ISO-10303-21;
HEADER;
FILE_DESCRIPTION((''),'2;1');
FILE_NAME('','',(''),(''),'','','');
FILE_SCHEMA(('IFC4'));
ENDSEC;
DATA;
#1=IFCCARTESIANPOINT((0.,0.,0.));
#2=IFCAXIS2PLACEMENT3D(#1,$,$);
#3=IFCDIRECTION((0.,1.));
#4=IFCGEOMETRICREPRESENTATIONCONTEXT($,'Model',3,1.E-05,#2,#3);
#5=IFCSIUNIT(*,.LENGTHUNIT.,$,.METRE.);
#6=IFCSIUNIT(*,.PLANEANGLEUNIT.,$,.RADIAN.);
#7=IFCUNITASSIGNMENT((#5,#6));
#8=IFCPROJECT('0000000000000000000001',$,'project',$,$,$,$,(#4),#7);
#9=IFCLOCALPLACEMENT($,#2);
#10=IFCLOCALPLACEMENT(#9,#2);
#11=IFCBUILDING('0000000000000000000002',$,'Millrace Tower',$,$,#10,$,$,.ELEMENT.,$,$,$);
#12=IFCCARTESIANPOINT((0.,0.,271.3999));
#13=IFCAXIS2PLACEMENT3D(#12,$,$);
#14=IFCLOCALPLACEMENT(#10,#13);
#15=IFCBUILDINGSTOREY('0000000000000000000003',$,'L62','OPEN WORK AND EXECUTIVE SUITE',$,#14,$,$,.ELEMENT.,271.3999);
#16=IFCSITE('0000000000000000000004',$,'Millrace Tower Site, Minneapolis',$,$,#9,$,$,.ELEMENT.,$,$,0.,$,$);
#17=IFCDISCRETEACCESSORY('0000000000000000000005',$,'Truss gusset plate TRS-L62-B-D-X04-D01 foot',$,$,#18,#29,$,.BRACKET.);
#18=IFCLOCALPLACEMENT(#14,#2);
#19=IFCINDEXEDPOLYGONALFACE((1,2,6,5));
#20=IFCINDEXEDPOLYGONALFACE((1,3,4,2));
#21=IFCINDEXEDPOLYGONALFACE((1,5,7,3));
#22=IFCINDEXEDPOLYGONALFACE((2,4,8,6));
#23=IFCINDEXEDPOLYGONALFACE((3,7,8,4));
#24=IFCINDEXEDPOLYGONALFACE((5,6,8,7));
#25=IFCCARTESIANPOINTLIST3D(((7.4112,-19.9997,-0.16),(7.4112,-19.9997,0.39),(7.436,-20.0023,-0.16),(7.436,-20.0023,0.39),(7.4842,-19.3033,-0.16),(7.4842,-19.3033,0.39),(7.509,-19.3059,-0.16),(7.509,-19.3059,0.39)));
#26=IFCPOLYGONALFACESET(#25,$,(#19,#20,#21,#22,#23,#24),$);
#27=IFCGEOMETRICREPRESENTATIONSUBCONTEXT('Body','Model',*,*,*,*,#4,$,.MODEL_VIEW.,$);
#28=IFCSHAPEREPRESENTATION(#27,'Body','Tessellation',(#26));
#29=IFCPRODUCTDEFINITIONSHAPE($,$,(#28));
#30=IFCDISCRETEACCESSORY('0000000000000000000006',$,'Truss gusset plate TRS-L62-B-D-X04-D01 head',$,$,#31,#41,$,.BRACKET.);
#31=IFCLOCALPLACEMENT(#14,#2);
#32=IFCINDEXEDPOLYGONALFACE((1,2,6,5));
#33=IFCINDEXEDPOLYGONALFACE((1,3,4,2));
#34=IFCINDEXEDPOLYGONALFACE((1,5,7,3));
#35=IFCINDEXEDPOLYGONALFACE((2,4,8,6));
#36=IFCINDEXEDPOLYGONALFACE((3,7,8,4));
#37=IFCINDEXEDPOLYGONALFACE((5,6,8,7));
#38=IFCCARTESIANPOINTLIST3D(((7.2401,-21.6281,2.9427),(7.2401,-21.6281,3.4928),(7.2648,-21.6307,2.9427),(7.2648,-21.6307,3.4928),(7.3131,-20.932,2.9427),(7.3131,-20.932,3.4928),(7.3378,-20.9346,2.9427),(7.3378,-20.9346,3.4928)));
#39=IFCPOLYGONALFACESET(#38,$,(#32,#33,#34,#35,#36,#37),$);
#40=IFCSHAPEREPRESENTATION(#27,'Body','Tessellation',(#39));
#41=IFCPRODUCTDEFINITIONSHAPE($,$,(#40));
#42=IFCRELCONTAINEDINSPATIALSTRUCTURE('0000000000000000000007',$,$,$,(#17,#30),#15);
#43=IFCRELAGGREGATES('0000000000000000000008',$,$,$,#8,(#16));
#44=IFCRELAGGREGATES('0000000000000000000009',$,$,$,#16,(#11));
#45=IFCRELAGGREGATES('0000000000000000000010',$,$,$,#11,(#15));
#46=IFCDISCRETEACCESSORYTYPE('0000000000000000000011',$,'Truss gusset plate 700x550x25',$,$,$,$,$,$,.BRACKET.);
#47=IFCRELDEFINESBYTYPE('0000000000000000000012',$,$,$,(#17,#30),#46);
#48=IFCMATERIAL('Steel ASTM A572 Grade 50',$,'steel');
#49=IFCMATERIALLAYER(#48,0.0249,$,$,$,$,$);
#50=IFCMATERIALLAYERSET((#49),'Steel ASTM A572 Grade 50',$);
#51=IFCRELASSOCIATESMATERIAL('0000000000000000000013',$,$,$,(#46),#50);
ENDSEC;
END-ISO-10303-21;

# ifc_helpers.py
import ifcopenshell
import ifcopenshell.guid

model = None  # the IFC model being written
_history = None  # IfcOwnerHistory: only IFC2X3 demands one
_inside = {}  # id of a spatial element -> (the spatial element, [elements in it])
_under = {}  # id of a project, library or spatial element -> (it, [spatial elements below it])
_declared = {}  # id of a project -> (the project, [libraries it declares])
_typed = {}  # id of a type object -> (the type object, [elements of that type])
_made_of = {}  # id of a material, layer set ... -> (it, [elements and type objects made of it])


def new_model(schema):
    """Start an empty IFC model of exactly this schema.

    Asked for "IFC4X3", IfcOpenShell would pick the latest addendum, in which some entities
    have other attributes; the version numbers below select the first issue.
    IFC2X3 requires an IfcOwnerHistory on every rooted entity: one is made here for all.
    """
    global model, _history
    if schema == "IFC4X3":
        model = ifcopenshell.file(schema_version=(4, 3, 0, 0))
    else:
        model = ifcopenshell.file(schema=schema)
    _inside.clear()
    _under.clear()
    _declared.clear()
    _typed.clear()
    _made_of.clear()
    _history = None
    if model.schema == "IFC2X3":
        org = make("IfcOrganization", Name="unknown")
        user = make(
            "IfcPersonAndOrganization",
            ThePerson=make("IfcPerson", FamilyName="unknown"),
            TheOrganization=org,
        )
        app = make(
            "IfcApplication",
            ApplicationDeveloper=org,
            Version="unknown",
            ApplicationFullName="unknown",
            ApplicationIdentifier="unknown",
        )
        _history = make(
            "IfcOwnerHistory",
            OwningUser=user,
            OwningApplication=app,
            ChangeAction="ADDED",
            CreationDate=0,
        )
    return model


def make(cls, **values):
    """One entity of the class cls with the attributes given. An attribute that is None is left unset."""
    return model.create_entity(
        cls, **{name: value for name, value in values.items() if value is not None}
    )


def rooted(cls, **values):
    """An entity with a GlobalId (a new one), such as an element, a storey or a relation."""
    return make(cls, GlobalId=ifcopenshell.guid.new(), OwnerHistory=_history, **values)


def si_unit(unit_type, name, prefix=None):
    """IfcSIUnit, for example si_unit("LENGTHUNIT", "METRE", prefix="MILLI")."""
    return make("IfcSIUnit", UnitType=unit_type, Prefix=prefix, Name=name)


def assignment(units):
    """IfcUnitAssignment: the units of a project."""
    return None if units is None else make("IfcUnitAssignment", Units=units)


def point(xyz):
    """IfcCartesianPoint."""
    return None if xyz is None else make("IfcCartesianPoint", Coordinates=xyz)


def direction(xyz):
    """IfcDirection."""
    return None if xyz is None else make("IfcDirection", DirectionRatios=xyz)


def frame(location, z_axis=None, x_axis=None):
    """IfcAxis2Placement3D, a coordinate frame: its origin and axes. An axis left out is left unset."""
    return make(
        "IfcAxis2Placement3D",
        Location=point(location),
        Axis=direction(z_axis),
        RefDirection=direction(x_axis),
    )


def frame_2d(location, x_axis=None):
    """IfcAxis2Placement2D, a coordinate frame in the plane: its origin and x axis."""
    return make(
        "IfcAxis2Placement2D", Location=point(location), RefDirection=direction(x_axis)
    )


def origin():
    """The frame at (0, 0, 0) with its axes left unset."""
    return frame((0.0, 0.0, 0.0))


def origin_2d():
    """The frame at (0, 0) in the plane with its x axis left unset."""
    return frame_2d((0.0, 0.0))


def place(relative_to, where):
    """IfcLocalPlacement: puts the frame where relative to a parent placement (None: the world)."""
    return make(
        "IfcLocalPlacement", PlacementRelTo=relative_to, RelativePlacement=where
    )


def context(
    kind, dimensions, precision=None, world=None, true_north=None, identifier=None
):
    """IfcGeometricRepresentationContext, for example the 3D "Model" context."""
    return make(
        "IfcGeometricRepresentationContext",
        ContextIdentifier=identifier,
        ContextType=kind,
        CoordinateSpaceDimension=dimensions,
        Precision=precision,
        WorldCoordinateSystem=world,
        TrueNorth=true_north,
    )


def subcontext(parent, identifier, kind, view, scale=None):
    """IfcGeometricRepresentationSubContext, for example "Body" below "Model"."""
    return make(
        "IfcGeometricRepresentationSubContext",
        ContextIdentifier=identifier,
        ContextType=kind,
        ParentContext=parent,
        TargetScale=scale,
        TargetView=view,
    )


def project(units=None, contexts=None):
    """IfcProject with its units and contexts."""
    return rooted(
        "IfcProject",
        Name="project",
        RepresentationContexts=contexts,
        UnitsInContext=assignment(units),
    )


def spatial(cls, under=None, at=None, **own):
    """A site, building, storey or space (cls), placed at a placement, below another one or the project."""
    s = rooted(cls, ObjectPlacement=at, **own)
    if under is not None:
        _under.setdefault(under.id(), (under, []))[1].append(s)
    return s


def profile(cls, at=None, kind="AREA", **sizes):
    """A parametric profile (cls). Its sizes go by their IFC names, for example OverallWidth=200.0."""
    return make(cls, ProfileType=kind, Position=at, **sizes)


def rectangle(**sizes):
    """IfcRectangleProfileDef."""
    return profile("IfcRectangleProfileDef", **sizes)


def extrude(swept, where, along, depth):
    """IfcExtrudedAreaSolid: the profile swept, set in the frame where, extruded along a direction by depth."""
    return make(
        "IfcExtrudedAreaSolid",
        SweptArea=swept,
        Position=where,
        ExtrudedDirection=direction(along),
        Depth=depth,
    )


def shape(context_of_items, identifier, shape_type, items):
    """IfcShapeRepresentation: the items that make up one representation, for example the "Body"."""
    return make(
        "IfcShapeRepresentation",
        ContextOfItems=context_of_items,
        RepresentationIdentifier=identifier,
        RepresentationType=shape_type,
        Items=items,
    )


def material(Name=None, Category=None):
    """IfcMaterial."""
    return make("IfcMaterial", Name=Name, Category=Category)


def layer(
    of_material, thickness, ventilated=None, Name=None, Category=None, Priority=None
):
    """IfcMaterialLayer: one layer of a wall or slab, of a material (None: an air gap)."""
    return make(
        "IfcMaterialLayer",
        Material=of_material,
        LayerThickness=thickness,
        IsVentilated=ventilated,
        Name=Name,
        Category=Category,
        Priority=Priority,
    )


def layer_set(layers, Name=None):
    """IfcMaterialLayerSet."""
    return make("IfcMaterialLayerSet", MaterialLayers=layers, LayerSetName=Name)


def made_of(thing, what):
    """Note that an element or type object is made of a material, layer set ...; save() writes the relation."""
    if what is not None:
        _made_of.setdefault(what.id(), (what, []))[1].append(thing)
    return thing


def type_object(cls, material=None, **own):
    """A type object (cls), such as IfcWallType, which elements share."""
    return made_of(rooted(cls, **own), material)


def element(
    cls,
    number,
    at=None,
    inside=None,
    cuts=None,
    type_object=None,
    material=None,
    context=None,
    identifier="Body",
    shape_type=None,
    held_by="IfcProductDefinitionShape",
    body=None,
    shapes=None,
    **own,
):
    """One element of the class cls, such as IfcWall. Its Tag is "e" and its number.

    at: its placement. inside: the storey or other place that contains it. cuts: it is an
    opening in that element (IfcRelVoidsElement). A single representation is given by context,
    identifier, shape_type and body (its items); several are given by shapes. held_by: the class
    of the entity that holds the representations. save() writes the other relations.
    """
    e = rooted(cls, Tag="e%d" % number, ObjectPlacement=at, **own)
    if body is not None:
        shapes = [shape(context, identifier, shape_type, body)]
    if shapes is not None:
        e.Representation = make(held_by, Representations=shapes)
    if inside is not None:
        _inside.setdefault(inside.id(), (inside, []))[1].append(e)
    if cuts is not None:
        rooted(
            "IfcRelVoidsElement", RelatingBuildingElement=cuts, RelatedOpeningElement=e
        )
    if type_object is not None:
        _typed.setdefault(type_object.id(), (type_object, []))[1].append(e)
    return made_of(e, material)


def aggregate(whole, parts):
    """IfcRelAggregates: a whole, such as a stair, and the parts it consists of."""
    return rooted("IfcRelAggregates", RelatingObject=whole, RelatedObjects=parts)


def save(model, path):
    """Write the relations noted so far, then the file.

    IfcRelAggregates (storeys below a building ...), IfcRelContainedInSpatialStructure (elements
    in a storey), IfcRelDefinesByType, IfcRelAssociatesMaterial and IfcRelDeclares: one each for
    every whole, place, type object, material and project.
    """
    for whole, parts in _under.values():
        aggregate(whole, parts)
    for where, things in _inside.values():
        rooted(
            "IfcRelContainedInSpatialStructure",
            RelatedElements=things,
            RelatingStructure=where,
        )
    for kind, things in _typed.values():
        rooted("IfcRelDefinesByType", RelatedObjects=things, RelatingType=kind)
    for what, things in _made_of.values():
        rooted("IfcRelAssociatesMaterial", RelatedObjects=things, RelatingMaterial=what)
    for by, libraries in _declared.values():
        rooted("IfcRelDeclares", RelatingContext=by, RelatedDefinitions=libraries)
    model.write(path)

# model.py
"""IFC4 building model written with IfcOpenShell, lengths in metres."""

from ifc_helpers import new_model, si_unit, direction, frame, origin, origin_2d, place, context, subcontext, project, spatial, rectangle, extrude, material, layer, layer_set, type_object, element, save


model = new_model("IFC4")

# Units and contexts
model_context = context("Model", 3, precision=1e-05, world=origin(), true_north=direction((0.0, 1.0)))
body_context = subcontext(model_context, "Body", "Model", "MODEL_VIEW")
ifc_project = project(units=[si_unit("LENGTHUNIT", "METRE"), si_unit("PLANEANGLEUNIT", "RADIAN")], contexts=[model_context])

# Site, building, storey
site_placement = place(None, origin())
site = spatial("IfcSite", under=ifc_project, at=site_placement, Name="Millrace Tower Site, Minneapolis", CompositionType="ELEMENT", RefElevation=0.0)
building_placement = place(site_placement, origin())
building = spatial("IfcBuilding", under=site, at=building_placement, Name="Millrace Tower", CompositionType="ELEMENT")
storey_placement = place(building_placement, frame((0.0, 0.0, 271.3999)))
storey = spatial("IfcBuildingStorey", under=building, at=storey_placement, Name="L62", Description="OPEN WORK AND EXECUTIVE SUITE", CompositionType="ELEMENT", Elevation=271.3999)

# Discrete accessories
ifc_material_1 = material(Name="Steel ASTM A572 Grade 50", Category="steel")
ifc_layer_1 = layer(ifc_material_1, 0.0249)
ifc_layer_set_1 = layer_set([ifc_layer_1], Name="Steel ASTM A572 Grade 50")
discrete_accessory_type = type_object("IfcDiscreteAccessoryType", Name="Truss gusset plate 700x550x25", PredefinedType="BRACKET", material=ifc_layer_set_1)
for number, where, z_axis, x_axis, name in (
    (1, (7.4236, -20.001, 0.115), (0.104267, 0.994549, 0.0), (-0.994549, 0.104267, 0.0), "Truss gusset plate TRS-L62-B-D-X04-D01 foot"),
):
    element("IfcDiscreteAccessory", number, at=place(storey_placement, frame(where, z_axis=z_axis, x_axis=x_axis)), inside=storey, type_object=discrete_accessory_type, Name=name, PredefinedType="BRACKET", context=body_context, shape_type="SweptSolid", body=[
        extrude(rectangle(XDim=0.0249, YDim=0.55, at=origin_2d()), origin(), (0.0, 0.0, 1.0), 0.7002),
    ])
discrete_accessory_placement = place(storey_placement, frame((7.2524, -21.6294, 3.2178), z_axis=(0.104303, 0.994546, 0.0), x_axis=(-0.994546, 0.104303, 0.0)))
element("IfcDiscreteAccessory", 2, at=discrete_accessory_placement, inside=storey, type_object=discrete_accessory_type, Name="Truss gusset plate TRS-L62-B-D-X04-D01 head", PredefinedType="BRACKET", context=body_context, shape_type="SweptSolid", body=[
    extrude(rectangle(XDim=0.0249, YDim=0.55, at=origin_2d()), origin(), (0.0, 0.0, 1.0), 0.7),
])

save(model, "model.ifc")
